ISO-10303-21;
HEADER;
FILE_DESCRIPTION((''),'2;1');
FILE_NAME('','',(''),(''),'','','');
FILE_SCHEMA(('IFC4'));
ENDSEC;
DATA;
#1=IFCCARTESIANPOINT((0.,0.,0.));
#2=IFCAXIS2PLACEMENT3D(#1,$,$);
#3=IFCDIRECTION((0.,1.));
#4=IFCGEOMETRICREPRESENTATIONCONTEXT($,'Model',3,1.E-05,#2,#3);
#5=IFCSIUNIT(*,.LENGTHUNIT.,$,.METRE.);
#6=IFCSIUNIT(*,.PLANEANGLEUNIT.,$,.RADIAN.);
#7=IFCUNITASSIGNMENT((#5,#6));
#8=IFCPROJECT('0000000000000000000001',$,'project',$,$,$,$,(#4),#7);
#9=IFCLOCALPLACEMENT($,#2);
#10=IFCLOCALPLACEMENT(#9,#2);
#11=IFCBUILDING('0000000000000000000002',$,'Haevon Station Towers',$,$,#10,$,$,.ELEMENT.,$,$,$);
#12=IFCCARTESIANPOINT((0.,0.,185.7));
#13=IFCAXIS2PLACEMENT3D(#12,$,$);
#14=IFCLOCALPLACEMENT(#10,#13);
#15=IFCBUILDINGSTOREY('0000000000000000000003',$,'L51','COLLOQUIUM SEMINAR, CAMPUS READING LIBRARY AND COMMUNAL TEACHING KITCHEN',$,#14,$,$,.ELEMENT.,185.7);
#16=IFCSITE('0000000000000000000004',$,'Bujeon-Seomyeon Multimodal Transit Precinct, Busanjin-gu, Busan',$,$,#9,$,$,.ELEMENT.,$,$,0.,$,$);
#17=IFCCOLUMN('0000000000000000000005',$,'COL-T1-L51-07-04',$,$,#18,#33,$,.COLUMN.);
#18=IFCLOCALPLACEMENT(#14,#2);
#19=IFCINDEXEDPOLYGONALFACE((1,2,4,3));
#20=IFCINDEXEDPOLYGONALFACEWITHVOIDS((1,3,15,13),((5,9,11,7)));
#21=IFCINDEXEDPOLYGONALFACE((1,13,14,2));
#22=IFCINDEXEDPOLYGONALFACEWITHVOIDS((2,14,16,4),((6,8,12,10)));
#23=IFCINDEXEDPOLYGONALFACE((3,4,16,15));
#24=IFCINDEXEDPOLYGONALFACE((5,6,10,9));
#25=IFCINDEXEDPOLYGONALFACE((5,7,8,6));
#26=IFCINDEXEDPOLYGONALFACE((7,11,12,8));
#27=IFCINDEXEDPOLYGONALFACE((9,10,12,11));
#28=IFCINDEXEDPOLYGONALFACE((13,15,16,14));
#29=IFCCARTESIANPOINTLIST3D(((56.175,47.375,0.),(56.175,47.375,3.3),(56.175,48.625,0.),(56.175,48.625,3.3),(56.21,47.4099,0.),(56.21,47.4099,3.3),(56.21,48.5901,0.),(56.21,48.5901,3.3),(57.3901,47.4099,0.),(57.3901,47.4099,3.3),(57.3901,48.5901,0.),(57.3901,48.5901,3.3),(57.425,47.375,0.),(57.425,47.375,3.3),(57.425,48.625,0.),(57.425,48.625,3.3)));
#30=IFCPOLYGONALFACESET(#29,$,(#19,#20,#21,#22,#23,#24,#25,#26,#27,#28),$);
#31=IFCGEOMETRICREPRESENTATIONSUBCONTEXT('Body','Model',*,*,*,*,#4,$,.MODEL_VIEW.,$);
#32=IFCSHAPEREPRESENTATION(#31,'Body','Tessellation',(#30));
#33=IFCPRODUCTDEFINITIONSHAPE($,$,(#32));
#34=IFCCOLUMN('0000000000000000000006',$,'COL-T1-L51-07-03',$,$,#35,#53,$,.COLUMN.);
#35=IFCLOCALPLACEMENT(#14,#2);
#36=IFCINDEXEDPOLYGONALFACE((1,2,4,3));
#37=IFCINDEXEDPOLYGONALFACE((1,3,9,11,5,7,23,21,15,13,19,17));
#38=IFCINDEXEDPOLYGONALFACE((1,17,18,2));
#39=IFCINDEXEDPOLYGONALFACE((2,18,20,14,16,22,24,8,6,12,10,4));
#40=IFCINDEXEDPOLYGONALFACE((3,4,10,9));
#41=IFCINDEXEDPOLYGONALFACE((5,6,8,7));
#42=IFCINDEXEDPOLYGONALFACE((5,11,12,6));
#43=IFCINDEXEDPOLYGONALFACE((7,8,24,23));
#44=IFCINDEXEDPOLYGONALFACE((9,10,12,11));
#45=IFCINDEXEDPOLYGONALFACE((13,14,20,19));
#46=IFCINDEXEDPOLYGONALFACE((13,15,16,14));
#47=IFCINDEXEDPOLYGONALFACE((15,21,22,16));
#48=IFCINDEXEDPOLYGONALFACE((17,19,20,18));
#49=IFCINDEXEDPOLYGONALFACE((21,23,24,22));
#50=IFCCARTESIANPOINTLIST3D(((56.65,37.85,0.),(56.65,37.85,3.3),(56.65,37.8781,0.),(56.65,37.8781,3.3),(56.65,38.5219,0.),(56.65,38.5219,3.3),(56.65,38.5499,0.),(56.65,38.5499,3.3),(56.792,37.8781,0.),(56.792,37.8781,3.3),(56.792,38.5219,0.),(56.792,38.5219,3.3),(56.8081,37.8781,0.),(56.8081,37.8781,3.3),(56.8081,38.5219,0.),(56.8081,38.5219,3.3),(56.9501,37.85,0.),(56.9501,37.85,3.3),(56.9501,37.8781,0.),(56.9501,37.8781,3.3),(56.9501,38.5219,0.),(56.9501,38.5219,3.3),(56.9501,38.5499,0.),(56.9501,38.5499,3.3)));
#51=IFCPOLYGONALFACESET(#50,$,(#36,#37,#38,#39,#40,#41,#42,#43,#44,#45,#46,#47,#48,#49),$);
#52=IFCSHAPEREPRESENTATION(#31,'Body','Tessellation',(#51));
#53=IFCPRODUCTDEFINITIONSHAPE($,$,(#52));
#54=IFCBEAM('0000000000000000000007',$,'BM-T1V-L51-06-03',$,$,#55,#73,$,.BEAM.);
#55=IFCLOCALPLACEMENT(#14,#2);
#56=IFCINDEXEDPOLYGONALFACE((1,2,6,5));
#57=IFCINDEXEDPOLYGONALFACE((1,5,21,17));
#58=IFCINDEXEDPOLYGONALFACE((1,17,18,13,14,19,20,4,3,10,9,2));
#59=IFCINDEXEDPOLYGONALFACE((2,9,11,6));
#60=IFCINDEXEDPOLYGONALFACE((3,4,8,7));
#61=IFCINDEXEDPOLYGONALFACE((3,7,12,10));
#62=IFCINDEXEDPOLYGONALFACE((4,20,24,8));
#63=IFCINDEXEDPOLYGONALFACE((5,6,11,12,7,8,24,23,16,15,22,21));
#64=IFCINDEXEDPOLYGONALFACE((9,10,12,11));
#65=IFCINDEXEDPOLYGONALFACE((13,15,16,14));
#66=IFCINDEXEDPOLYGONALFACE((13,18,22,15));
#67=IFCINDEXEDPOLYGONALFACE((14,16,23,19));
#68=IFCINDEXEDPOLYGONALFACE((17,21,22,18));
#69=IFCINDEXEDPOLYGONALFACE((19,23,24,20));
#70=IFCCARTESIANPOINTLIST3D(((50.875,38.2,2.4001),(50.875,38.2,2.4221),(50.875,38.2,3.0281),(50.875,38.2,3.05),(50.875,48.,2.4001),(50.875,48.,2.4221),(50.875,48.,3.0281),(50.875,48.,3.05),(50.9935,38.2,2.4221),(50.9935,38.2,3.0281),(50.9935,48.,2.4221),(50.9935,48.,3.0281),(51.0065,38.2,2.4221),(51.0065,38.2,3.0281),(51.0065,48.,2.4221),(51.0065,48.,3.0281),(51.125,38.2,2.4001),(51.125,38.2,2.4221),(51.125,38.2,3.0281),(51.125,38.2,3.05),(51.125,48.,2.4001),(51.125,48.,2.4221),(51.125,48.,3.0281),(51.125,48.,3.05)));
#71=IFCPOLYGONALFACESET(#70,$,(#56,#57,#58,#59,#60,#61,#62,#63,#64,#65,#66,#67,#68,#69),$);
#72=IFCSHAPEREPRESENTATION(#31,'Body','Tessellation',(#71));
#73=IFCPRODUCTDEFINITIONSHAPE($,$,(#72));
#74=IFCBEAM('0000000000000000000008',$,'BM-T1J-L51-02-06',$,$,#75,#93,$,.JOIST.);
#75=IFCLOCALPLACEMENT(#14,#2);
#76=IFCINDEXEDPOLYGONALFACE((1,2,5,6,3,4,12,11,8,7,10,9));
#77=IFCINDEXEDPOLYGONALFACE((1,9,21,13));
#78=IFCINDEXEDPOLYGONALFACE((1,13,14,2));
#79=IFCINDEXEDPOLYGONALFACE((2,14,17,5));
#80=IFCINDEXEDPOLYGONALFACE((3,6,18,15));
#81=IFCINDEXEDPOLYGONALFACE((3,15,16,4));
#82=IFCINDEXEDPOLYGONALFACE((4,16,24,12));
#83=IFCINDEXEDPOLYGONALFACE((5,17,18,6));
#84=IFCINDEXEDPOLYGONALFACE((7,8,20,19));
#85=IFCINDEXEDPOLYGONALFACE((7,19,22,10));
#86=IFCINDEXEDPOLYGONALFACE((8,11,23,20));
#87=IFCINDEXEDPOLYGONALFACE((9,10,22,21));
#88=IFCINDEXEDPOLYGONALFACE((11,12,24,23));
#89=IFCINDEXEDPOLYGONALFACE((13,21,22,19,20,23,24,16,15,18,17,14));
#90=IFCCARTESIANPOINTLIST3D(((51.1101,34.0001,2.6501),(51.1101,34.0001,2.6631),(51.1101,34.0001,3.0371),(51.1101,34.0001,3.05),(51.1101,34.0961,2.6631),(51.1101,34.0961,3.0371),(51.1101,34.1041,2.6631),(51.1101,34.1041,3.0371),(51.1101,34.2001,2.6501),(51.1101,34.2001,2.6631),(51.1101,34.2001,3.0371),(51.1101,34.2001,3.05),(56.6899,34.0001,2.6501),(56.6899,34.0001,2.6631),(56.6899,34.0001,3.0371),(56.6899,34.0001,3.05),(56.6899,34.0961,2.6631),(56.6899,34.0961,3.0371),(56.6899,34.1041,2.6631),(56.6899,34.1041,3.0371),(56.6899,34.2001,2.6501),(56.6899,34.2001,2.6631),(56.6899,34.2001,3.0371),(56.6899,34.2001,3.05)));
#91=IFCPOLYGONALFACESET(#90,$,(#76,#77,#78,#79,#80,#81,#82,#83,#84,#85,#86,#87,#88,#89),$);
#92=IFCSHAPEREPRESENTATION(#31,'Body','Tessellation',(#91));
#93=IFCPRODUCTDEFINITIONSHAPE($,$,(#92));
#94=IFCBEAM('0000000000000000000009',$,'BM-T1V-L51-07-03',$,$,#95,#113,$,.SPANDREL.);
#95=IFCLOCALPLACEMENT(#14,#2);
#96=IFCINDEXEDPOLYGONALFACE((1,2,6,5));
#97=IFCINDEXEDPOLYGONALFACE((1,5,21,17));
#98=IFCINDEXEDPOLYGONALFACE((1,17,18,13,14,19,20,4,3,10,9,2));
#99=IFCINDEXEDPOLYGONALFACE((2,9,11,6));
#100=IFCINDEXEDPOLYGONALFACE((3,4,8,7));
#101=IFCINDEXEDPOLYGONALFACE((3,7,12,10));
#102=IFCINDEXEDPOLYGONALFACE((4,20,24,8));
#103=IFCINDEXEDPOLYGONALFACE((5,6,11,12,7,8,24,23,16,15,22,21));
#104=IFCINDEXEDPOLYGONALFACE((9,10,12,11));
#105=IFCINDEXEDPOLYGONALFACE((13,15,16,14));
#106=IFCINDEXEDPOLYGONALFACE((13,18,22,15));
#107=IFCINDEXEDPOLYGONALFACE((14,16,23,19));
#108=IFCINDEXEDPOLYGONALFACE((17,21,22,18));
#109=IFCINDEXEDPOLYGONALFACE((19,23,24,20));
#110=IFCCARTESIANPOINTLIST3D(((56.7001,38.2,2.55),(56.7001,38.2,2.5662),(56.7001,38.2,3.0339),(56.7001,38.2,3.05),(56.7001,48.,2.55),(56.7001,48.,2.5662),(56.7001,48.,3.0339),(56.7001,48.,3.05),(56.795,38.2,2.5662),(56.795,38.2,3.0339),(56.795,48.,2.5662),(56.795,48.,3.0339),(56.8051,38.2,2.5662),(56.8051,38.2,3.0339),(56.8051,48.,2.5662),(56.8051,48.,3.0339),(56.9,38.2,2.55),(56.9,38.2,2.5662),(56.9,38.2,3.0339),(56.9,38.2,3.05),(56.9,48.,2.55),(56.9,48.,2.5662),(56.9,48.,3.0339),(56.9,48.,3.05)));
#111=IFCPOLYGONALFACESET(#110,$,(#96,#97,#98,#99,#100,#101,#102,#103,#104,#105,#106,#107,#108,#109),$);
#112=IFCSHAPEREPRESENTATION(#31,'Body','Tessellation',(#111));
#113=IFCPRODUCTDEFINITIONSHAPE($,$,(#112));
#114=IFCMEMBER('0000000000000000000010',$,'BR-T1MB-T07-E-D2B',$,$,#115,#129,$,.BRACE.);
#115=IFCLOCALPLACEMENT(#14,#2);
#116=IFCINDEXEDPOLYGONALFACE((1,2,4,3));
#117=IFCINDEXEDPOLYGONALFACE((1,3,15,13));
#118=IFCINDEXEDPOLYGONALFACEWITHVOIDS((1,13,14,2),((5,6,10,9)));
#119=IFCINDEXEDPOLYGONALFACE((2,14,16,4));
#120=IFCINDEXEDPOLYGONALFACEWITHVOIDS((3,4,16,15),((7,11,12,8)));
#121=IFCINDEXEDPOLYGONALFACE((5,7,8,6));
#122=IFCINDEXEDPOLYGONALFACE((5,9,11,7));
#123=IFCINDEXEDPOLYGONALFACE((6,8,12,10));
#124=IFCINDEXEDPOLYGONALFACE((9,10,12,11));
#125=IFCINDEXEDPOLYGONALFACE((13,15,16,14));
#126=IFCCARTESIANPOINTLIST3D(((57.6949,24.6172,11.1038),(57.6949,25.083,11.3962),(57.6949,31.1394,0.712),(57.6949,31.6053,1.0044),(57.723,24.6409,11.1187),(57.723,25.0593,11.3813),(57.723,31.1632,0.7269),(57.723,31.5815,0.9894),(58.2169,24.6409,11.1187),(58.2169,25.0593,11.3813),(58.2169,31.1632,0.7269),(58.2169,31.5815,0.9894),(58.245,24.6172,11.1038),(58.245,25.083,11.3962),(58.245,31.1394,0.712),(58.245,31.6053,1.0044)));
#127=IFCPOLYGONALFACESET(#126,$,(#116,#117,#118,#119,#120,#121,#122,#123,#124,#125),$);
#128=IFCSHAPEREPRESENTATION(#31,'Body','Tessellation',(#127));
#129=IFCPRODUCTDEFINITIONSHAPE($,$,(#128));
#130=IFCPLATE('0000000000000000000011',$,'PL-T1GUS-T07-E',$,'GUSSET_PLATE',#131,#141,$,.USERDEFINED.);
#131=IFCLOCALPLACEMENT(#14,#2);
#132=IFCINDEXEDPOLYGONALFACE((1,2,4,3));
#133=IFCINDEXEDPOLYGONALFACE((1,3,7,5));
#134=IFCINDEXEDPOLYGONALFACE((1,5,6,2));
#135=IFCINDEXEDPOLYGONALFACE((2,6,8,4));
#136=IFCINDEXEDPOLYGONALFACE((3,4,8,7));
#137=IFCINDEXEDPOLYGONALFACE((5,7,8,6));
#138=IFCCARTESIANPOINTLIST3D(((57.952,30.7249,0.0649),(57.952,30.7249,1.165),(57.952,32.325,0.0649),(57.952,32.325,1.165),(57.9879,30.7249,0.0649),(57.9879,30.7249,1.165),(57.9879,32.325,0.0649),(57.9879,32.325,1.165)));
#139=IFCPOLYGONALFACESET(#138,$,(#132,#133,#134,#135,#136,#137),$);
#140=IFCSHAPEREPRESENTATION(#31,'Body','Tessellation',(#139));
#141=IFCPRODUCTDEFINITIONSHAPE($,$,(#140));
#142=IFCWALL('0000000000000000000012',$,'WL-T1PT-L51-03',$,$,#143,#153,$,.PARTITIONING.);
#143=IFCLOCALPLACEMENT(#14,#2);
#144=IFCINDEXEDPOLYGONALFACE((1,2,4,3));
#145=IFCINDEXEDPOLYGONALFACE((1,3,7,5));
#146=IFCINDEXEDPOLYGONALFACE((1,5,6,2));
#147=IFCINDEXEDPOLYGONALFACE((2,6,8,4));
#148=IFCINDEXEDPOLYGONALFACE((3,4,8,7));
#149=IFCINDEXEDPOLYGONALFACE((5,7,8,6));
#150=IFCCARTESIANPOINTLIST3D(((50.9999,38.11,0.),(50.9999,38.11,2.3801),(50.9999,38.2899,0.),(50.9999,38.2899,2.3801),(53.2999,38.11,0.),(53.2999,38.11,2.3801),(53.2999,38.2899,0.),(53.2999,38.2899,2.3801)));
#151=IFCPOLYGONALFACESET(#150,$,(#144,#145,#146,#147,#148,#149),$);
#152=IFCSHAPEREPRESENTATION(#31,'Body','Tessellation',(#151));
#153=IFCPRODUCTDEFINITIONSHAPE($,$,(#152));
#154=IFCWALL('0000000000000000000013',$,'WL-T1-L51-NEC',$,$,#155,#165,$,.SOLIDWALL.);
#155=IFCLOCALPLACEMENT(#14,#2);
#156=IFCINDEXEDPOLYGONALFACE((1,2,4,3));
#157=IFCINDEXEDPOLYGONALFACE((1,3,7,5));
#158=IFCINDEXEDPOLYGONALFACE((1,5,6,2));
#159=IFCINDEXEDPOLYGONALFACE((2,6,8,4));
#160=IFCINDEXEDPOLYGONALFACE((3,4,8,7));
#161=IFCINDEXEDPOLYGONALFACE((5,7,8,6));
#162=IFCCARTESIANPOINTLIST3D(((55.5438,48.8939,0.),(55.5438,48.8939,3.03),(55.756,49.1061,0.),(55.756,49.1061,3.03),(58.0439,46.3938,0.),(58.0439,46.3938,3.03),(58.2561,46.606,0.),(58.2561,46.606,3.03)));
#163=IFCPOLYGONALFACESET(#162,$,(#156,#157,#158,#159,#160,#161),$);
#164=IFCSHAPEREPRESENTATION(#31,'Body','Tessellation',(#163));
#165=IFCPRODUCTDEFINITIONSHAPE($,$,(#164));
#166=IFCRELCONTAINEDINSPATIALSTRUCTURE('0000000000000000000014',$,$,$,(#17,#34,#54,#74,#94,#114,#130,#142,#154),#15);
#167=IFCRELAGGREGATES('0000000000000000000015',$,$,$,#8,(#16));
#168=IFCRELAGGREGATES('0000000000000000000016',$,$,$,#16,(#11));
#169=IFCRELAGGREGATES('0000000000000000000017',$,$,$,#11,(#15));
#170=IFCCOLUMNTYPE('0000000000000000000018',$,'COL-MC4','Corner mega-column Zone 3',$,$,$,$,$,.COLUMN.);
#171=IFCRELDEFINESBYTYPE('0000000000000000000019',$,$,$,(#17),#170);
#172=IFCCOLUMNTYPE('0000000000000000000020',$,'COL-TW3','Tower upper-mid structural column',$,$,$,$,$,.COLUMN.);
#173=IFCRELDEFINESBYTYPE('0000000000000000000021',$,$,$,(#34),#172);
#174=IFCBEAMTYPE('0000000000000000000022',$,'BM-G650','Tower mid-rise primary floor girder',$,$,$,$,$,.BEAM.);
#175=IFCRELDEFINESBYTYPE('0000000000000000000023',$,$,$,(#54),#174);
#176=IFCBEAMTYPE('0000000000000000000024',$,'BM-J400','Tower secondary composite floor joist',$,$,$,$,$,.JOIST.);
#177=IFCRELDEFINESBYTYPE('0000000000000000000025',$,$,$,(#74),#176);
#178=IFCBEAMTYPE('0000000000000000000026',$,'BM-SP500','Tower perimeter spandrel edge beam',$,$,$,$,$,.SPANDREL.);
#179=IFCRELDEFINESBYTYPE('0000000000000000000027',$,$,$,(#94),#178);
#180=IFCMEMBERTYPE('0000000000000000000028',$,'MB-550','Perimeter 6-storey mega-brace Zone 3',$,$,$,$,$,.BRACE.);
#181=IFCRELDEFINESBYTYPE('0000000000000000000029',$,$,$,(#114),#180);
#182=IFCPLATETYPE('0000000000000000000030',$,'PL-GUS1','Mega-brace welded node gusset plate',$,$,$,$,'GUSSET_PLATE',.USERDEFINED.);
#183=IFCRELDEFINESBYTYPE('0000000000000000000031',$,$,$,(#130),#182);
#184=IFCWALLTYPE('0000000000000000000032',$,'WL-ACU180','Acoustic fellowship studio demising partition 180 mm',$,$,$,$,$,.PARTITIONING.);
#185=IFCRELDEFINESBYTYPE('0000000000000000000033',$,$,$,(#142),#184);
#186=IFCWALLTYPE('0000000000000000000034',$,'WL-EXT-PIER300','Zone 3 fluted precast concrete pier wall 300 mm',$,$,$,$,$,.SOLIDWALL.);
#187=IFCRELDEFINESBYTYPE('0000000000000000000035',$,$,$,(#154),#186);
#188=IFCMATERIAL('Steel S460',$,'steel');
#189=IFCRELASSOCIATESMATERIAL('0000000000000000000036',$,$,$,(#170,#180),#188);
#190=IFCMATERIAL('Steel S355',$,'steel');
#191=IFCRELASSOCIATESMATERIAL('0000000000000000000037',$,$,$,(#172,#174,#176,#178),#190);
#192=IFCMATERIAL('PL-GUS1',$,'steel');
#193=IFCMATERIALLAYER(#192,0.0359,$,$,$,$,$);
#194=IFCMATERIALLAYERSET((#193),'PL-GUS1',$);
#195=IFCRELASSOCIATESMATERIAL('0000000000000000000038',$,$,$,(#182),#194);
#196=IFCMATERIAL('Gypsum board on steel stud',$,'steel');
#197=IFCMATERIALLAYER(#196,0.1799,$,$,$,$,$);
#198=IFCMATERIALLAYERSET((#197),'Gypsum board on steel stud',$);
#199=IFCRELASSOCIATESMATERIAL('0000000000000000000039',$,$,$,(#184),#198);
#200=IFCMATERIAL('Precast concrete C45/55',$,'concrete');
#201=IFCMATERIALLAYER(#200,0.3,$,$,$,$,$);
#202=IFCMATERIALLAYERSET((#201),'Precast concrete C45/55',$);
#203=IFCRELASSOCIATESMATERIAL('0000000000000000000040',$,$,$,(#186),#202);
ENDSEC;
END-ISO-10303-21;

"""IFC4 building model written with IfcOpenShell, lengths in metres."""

from ifc_helpers import new_model, si_unit, direction, frame, frame_2d, origin, origin_2d, place, context, subcontext, project, spatial, rectangle, hollow_rectangle, i_section, extrude, material, layer, layer_set, material_profile, profile_set, type_object, element, save


model = new_model("IFC4")

# Units and contexts
model_context = context("Model", 3, precision=1e-05, world=origin(), true_north=direction((0.0, 1.0)))
body_context = subcontext(model_context, "Body", "Model", "MODEL_VIEW")
ifc_project = project(units=[si_unit("LENGTHUNIT", "METRE"), si_unit("PLANEANGLEUNIT", "RADIAN")], contexts=[model_context])

# Site, building, storey
site_placement = place(None, origin())
site = spatial("IfcSite", under=ifc_project, at=site_placement, Name="Bujeon-Seomyeon Multimodal Transit Precinct, Busanjin-gu, Busan", CompositionType="ELEMENT", RefElevation=0.0)
building_placement = place(site_placement, origin())
building = spatial("IfcBuilding", under=site, at=building_placement, Name="Haevon Station Towers", CompositionType="ELEMENT")
storey_placement = place(building_placement, frame((0.0, 0.0, 185.7)))
storey = spatial("IfcBuildingStorey", under=building, at=storey_placement, Name="L51", Description="COLLOQUIUM SEMINAR, CAMPUS READING LIBRARY AND COMMUNAL TEACHING KITCHEN", CompositionType="ELEMENT", Elevation=185.7)

# Columns
ifc_material_1 = material(Name="Steel S460", Category="steel")
ifc_material_profile_1 = material_profile(ifc_material_1, hollow_rectangle(XDim=1.25, YDim=1.25, WallThickness=0.0349, at=origin_2d()), Name="BOX-1250x1250x35")
ifc_profile_set_1 = profile_set([ifc_material_profile_1], Name="Steel S460")
column_type_1 = type_object("IfcColumnType", Name="COL-MC4", Description="Corner mega-column Zone 3", PredefinedType="COLUMN", material=ifc_profile_set_1)
column_1_placement = place(storey_placement, frame((56.8, 48.0, 0.0), z_axis=(0.0, 0.0, 1.0), x_axis=(1.0, 0.0, 0.0)))
element("IfcColumn", 1, at=column_1_placement, inside=storey, type_object=column_type_1, Name="COL-T1-L51-07-04", PredefinedType="COLUMN", context=body_context, shape_type="SweptSolid", body=[
    extrude(hollow_rectangle(XDim=1.25, YDim=1.25, WallThickness=0.0349, at=origin_2d()), origin(), (0.0, 0.0, 1.0), 3.3),
])
ifc_material_2 = material(Name="Steel S355", Category="steel")
ifc_material_profile_2 = material_profile(ifc_material_2, i_section(OverallWidth=0.3, OverallDepth=0.7, WebThickness=0.0161, FlangeThickness=0.0281, at=origin_2d()), Name="H-700x300x16x28")
ifc_profile_set_2 = profile_set([ifc_material_profile_2], Name="Steel S355")
column_type_2 = type_object("IfcColumnType", Name="COL-TW3", Description="Tower upper-mid structural column", PredefinedType="COLUMN", material=ifc_profile_set_2)
column_2_placement = place(storey_placement, frame((56.8, 38.2, 0.0), z_axis=(0.0, 0.0, 1.0), x_axis=(1.0, 0.0, 0.0)))
element("IfcColumn", 2, at=column_2_placement, inside=storey, type_object=column_type_2, Name="COL-T1-L51-07-03", PredefinedType="COLUMN", context=body_context, shape_type="SweptSolid", body=[
    extrude(i_section(OverallWidth=0.3, OverallDepth=0.7, WebThickness=0.0161, FlangeThickness=0.0281, at=origin_2d()), origin(), (0.0, 0.0, 1.0), 3.3),
])

# Beams
ifc_material_profile_3 = material_profile(ifc_material_2, i_section(OverallWidth=0.25, OverallDepth=0.6499, WebThickness=0.0129, FlangeThickness=0.022, at=origin_2d()), Name="H-650x250x13x22")
ifc_profile_set_3 = profile_set([ifc_material_profile_3], Name="Steel S355")
beam_type_1 = type_object("IfcBeamType", Name="BM-G650", Description="Tower mid-rise primary floor girder", PredefinedType="BEAM", material=ifc_profile_set_3)
beam_1_placement = place(storey_placement, frame((51.0, 38.2, 2.7251), z_axis=(0.0, 1.0, 0.0), x_axis=(-1.0, 0.0, 0.0)))
element("IfcBeam", 3, at=beam_1_placement, inside=storey, type_object=beam_type_1, Name="BM-T1V-L51-06-03", PredefinedType="BEAM", context=body_context, shape_type="SweptSolid", body=[
    extrude(i_section(OverallWidth=0.25, OverallDepth=0.6499, WebThickness=0.0129, FlangeThickness=0.022, at=origin_2d()), origin(), (0.0, 0.0, 1.0), 9.8),
])
ifc_material_profile_4 = material_profile(ifc_material_2, i_section(OverallWidth=0.2, OverallDepth=0.3999, WebThickness=0.0081, FlangeThickness=0.0129, at=origin_2d()), Name="H-400x200x8x13")
ifc_profile_set_4 = profile_set([ifc_material_profile_4], Name="Steel S355")
beam_type_2 = type_object("IfcBeamType", Name="BM-J400", Description="Tower secondary composite floor joist", PredefinedType="JOIST", material=ifc_profile_set_4)
beam_2_placement = place(storey_placement, frame((51.1101, 34.1001, 2.8501), z_axis=(1.0, 0.0, 0.0), x_axis=(0.0, 1.0, 0.0)))
element("IfcBeam", 4, at=beam_2_placement, inside=storey, type_object=beam_type_2, Name="BM-T1J-L51-02-06", PredefinedType="JOIST", context=body_context, shape_type="SweptSolid", body=[
    extrude(i_section(OverallWidth=0.2, OverallDepth=0.3999, WebThickness=0.0081, FlangeThickness=0.0129, at=origin_2d()), origin(), (0.0, 0.0, 1.0), 5.5798),
])
ifc_material_profile_5 = material_profile(ifc_material_2, i_section(OverallWidth=0.2, OverallDepth=0.5, WebThickness=0.01, FlangeThickness=0.0161, at=origin_2d()), Name="H-500x200x10x16")
ifc_profile_set_5 = profile_set([ifc_material_profile_5], Name="Steel S355")
beam_type_3 = type_object("IfcBeamType", Name="BM-SP500", Description="Tower perimeter spandrel edge beam", PredefinedType="SPANDREL", material=ifc_profile_set_5)
beam_3_placement = place(storey_placement, frame((56.8, 38.2, 2.8), z_axis=(0.0, 1.0, 0.0), x_axis=(-1.0, 0.0, 0.0)))
element("IfcBeam", 5, at=beam_3_placement, inside=storey, type_object=beam_type_3, Name="BM-T1V-L51-07-03", PredefinedType="SPANDREL", context=body_context, shape_type="SweptSolid", body=[
    extrude(i_section(OverallWidth=0.2, OverallDepth=0.5, WebThickness=0.01, FlangeThickness=0.0161, at=origin_2d()), origin(), (0.0, 0.0, 1.0), 9.8),
])

# Member
ifc_material_profile_6 = material_profile(ifc_material_1, hollow_rectangle(XDim=0.55, YDim=0.55, WallThickness=0.0281, at=origin_2d()), Name="RHS-550x550x28")
ifc_profile_set_6 = profile_set([ifc_material_profile_6], Name="Steel S460")
member_type = type_object("IfcMemberType", Name="MB-550", Description="Perimeter 6-storey mega-brace Zone 3", PredefinedType="BRACE", material=ifc_profile_set_6)
member_placement = place(storey_placement, frame((57.97, 31.3723, 0.8582), z_axis=(0.0, -0.531599, 0.846996), x_axis=(1.0, 0.0, 0.0)))
element("IfcMember", 6, at=member_placement, inside=storey, type_object=member_type, Name="BR-T1MB-T07-E-D2B", PredefinedType="BRACE", context=body_context, shape_type="SweptSolid", body=[
    extrude(hollow_rectangle(XDim=0.55, YDim=0.55, WallThickness=0.0281, at=origin_2d()), origin(), (0.0, 0.0, 1.0), 12.269),
])

# Plate
ifc_material_3 = material(Name="PL-GUS1", Category="steel")
ifc_layer_1 = layer(ifc_material_3, 0.0359)
ifc_layer_set_1 = layer_set([ifc_layer_1], Name="PL-GUS1")
plate_type = type_object("IfcPlateType", Name="PL-GUS1", Description="Mega-brace welded node gusset plate", ElementType="GUSSET_PLATE", PredefinedType="USERDEFINED", material=ifc_layer_set_1)
plate_placement = place(storey_placement, frame((57.97, 31.5249, 0.0649), z_axis=(0.0, 0.0, 1.0), x_axis=(0.0, 1.0, 0.0)))
element("IfcPlate", 7, at=plate_placement, inside=storey, type_object=plate_type, Name="PL-T1GUS-T07-E", ObjectType="GUSSET_PLATE", PredefinedType="USERDEFINED", context=body_context, shape_type="SweptSolid", body=[
    extrude(rectangle(XDim=1.6001, YDim=0.0359, at=origin_2d()), origin(), (0.0, 0.0, 1.0), 1.1001),
])

# Walls
ifc_material_4 = material(Name="Gypsum board on steel stud", Category="steel")
ifc_layer_2 = layer(ifc_material_4, 0.1799)
ifc_layer_set_2 = layer_set([ifc_layer_2], Name="Gypsum board on steel stud")
wall_type_1 = type_object("IfcWallType", Name="WL-ACU180", Description="Acoustic fellowship studio demising partition 180 mm", PredefinedType="PARTITIONING", material=ifc_layer_set_2)
wall_1_placement = place(storey_placement, frame((51.0, 38.2, 0.0), z_axis=(0.0, 0.0, 1.0), x_axis=(1.0, 0.0, 0.0)))
element("IfcWall", 8, at=wall_1_placement, inside=storey, type_object=wall_type_1, Name="WL-T1PT-L51-03", PredefinedType="PARTITIONING", context=body_context, shape_type="SweptSolid", body=[
    extrude(rectangle(XDim=2.3, YDim=0.1799, at=frame_2d((1.1499, 0.0))), origin(), (0.0, 0.0, 1.0), 2.3801),
])
ifc_material_5 = material(Name="Precast concrete C45/55", Category="concrete")
ifc_layer_3 = layer(ifc_material_5, 0.3)
ifc_layer_set_3 = layer_set([ifc_layer_3], Name="Precast concrete C45/55")
wall_type_2 = type_object("IfcWallType", Name="WL-EXT-PIER300", Description="Zone 3 fluted precast concrete pier wall 300 mm", PredefinedType="SOLIDWALL", material=ifc_layer_set_3)
wall_2_placement = place(storey_placement, frame((55.6499, 49.0, 0.0), z_axis=(0.0, 0.0, 1.0), x_axis=(0.707107, -0.707107, 0.0)))
element("IfcWall", 9, at=wall_2_placement, inside=storey, type_object=wall_type_2, Name="WL-T1-L51-NEC", PredefinedType="SOLIDWALL", context=body_context, shape_type="SweptSolid", body=[
    extrude(rectangle(XDim=3.5356, YDim=0.3, at=frame_2d((1.7678, 0.0))), origin(), (0.0, 0.0, 1.0), 3.03),
])

save(model, "model.ifc")
